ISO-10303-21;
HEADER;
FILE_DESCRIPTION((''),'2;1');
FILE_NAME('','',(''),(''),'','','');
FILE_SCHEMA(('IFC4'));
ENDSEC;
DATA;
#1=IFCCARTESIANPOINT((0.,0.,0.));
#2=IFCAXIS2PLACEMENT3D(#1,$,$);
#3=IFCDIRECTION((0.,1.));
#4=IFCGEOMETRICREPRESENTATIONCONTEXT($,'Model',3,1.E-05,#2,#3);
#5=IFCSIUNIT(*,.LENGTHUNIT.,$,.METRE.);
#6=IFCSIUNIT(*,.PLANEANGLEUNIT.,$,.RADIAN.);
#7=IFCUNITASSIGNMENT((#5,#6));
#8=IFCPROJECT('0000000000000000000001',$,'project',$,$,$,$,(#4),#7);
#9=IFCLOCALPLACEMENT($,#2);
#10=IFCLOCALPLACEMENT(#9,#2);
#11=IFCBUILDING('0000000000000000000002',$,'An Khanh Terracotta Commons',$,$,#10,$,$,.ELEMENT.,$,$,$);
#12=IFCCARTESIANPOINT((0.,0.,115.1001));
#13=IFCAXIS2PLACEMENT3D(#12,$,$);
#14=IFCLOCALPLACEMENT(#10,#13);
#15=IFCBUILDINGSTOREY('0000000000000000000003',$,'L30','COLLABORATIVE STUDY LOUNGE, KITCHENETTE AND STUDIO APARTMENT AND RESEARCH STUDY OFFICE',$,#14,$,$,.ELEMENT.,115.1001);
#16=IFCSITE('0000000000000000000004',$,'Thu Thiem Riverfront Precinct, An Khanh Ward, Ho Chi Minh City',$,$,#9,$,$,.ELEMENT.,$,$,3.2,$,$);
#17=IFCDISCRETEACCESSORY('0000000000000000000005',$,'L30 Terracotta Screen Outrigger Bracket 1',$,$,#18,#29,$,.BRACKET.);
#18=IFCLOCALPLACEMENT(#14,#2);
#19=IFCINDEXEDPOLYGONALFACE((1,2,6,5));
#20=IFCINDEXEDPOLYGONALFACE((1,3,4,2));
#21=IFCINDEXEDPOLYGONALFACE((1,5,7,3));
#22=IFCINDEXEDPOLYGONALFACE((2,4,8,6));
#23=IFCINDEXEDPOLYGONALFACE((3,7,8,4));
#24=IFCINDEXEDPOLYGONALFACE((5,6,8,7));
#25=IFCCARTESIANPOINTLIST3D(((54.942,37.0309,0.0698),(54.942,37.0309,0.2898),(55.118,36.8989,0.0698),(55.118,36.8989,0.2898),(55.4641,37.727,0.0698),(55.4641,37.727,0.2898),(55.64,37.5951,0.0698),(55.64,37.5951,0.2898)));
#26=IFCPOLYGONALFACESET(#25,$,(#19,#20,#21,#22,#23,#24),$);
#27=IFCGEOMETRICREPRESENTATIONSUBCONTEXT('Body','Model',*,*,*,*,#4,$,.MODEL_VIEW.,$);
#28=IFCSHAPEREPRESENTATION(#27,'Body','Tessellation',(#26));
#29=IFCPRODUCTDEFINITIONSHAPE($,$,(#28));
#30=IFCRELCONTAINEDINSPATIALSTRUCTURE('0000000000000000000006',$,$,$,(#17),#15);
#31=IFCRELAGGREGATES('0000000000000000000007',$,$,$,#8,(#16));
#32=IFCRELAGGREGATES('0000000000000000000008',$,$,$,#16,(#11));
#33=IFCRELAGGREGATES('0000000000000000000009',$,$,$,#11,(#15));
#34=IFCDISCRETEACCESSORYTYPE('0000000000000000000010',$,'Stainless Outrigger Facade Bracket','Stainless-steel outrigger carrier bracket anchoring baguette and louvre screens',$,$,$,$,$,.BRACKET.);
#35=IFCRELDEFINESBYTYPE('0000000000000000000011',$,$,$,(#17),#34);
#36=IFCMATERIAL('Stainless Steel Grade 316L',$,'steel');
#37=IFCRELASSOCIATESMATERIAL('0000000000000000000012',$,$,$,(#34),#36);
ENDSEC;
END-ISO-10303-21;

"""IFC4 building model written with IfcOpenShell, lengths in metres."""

from ifc_helpers import new_model, si_unit, direction, frame, origin, origin_2d, place, context, subcontext, project, spatial, rectangle, extrude, material, type_object, element, save


model = new_model("IFC4")

# Units and contexts
model_context = context("Model", 3, precision=1e-05, world=origin(), true_north=direction((0.0, 1.0)))
body_context = subcontext(model_context, "Body", "Model", "MODEL_VIEW")
ifc_project = project(units=[si_unit("LENGTHUNIT", "METRE"), si_unit("PLANEANGLEUNIT", "RADIAN")], contexts=[model_context])

# Site, building, storey
site_placement = place(None, origin())
site = spatial("IfcSite", under=ifc_project, at=site_placement, Name="Thu Thiem Riverfront Precinct, An Khanh Ward, Ho Chi Minh City", CompositionType="ELEMENT", RefElevation=3.2)
building_placement = place(site_placement, origin())
building = spatial("IfcBuilding", under=site, at=building_placement, Name="An Khanh Terracotta Commons", CompositionType="ELEMENT")
storey_placement = place(building_placement, frame((0.0, 0.0, 115.1001)))
storey = spatial("IfcBuildingStorey", under=building, at=storey_placement, Name="L30", Description="COLLABORATIVE STUDY LOUNGE, KITCHENETTE AND STUDIO APARTMENT AND RESEARCH STUDY OFFICE", CompositionType="ELEMENT", Elevation=115.1001)

# Discrete accessory
ifc_material_1 = material(Name="Stainless Steel Grade 316L", Category="steel")
discrete_accessory_type = type_object("IfcDiscreteAccessoryType", Name="Stainless Outrigger Facade Bracket", Description="Stainless-steel outrigger carrier bracket anchoring baguette and louvre screens", PredefinedType="BRACKET", material=ifc_material_1)
discrete_accessory_placement = place(storey_placement, frame((55.291, 37.313, 0.0698), z_axis=(0.0, 0.0, 1.0), x_axis=(-0.800013, 0.599983, 0.0)))
element("IfcDiscreteAccessory", 1, at=discrete_accessory_placement, inside=storey, type_object=discrete_accessory_type, Name="L30 Terracotta Screen Outrigger Bracket 1", PredefinedType="BRACKET", context=body_context, shape_type="SweptSolid", body=[
    extrude(rectangle(XDim=0.22, YDim=0.8701, at=origin_2d()), origin(), (0.0, 0.0, 1.0), 0.22),
])

save(model, "model.ifc")
